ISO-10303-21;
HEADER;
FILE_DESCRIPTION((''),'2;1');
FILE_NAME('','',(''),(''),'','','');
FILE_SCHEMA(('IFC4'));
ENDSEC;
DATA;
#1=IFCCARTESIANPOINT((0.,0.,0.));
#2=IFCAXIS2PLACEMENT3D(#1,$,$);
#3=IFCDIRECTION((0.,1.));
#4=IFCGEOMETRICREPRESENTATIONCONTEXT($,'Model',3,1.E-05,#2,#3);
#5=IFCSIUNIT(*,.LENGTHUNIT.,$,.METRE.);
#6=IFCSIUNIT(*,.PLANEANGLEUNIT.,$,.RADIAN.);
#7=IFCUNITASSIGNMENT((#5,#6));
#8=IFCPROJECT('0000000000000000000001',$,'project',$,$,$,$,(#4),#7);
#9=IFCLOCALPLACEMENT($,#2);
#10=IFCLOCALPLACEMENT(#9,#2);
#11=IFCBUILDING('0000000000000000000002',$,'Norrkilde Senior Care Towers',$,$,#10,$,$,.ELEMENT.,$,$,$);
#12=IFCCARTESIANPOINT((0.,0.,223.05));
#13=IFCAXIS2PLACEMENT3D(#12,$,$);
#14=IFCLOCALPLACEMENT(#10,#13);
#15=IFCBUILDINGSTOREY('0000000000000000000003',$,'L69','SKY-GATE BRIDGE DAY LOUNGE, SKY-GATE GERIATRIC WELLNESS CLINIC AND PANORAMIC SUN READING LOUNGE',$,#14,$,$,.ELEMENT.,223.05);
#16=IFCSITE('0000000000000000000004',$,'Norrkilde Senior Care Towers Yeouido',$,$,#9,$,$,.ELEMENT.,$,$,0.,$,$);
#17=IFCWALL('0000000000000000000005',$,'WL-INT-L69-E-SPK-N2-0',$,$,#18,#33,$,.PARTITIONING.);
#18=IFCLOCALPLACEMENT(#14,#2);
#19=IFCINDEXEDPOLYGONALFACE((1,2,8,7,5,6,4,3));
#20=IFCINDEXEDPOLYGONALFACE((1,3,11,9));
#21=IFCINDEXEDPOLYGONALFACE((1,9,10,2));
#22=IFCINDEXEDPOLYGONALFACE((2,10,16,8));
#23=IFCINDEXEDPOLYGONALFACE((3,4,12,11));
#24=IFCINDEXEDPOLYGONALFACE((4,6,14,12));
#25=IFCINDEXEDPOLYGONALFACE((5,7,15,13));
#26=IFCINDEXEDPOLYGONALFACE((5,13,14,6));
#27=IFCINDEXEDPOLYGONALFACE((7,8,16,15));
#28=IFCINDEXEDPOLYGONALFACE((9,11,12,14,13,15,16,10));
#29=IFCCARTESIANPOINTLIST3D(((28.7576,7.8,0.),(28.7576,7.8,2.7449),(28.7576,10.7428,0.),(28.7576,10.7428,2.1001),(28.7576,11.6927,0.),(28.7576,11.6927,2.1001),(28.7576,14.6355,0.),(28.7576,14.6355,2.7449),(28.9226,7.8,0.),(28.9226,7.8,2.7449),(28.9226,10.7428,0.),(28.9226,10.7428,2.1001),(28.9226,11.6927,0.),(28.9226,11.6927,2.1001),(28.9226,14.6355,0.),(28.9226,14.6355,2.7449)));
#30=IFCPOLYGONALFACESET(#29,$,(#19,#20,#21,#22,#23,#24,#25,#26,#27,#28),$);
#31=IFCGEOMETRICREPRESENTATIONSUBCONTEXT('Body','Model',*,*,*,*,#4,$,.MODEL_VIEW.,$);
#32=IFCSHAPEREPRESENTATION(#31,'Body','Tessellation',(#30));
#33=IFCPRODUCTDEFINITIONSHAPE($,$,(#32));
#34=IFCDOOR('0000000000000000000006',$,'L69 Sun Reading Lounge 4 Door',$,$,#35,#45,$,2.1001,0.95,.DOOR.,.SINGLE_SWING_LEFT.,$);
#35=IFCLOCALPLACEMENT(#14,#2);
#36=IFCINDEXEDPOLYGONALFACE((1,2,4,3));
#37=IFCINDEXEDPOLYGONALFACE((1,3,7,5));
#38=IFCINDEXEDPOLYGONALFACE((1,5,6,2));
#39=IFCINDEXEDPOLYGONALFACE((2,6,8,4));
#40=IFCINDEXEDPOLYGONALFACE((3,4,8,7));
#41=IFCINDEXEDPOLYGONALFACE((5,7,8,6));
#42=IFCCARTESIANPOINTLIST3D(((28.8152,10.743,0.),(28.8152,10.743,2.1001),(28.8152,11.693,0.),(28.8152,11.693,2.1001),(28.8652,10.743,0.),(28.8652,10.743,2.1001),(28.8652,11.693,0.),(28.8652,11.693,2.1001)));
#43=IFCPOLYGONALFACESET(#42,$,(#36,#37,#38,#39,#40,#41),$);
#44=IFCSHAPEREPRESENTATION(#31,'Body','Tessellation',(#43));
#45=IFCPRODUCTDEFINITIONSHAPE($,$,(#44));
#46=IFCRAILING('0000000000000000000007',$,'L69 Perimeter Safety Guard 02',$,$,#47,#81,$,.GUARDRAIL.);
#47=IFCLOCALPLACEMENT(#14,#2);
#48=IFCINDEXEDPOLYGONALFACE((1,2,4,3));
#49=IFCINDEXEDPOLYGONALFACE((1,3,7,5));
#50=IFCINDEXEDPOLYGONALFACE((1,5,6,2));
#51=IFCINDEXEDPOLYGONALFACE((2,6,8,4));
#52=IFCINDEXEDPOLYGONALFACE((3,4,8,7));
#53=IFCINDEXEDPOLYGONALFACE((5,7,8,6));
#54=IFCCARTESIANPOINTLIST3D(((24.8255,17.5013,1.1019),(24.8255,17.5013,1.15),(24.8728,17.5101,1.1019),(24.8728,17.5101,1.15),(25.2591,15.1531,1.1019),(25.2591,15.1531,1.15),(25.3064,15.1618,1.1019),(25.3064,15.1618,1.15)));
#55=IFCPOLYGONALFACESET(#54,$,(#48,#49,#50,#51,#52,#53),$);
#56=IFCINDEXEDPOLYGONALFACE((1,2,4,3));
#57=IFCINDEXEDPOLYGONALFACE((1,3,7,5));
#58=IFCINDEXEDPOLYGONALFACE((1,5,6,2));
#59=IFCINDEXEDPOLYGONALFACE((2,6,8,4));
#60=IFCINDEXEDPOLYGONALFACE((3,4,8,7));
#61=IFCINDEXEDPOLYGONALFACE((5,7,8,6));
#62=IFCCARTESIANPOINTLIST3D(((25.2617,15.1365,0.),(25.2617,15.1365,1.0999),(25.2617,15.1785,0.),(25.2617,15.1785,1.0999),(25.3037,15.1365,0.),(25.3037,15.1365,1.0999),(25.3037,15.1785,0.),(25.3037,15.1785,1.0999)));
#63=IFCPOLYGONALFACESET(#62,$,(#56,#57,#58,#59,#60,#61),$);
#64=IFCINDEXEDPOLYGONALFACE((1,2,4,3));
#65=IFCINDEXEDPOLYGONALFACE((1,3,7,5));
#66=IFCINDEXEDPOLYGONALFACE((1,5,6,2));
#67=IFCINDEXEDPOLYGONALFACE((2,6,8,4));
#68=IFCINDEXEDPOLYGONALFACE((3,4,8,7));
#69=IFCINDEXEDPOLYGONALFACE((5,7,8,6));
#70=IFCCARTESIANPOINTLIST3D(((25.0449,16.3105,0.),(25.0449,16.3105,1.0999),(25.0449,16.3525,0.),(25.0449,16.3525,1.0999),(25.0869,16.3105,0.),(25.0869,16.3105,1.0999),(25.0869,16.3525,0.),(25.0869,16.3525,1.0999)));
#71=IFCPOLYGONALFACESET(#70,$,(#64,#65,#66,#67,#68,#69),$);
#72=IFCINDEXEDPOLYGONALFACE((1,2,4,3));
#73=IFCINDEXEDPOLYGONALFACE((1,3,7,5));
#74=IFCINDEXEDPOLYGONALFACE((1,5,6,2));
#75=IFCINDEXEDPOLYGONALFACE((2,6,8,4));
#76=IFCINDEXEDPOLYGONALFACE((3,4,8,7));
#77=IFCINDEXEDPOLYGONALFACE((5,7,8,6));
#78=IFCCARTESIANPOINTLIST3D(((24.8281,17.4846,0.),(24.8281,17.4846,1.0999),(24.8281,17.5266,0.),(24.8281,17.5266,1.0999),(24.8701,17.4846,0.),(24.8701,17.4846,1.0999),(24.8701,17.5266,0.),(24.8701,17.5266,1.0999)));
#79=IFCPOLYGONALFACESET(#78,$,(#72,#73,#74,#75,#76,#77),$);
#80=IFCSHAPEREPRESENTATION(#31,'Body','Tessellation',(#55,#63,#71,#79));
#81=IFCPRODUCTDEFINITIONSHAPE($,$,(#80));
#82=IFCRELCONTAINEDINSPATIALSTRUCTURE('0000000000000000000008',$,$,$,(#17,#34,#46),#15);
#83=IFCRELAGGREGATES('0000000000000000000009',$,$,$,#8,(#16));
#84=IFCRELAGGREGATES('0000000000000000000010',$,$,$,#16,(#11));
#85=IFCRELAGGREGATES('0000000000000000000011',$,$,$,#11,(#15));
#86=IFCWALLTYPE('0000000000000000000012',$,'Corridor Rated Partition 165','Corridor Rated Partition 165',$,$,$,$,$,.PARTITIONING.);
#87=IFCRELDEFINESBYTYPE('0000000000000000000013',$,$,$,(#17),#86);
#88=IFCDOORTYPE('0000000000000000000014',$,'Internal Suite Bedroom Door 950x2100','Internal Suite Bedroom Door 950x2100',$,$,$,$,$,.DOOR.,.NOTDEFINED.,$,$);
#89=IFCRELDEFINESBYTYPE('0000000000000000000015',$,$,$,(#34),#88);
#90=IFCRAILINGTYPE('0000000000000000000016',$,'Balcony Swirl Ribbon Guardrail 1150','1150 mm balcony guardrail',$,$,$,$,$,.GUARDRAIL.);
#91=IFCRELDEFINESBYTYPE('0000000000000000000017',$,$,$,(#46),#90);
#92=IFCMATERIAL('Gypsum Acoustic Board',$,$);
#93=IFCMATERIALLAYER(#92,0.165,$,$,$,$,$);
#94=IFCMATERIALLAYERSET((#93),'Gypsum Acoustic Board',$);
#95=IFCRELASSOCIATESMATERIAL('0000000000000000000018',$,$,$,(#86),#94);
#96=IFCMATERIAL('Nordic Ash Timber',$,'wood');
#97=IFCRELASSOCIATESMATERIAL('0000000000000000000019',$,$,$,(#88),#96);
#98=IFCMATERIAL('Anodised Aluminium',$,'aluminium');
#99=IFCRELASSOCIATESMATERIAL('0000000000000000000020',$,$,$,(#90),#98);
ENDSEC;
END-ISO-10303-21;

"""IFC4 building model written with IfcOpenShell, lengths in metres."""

from ifc_helpers import new_model, si_unit, direction, frame, frame_2d, origin, origin_2d, place, context, subcontext, project, spatial, rectangle, extrude, source, transform, mapped, material, layer, layer_set, type_object, type_shapes, element, fill, save


model = new_model("IFC4")

# Units and contexts
model_context = context("Model", 3, precision=1e-05, world=origin(), true_north=direction((0.0, 1.0)))
body_context = subcontext(model_context, "Body", "Model", "MODEL_VIEW")
ifc_project = project(units=[si_unit("LENGTHUNIT", "METRE"), si_unit("PLANEANGLEUNIT", "RADIAN")], contexts=[model_context])

# Site, building, storey
site_placement = place(None, origin())
site = spatial("IfcSite", under=ifc_project, at=site_placement, Name="Norrkilde Senior Care Towers Yeouido", CompositionType="ELEMENT", RefElevation=0.0)
building_placement = place(site_placement, origin())
building = spatial("IfcBuilding", under=site, at=building_placement, Name="Norrkilde Senior Care Towers", CompositionType="ELEMENT")
storey_placement = place(building_placement, frame((0.0, 0.0, 223.05)))
storey = spatial("IfcBuildingStorey", under=building, at=storey_placement, Name="L69", Description="SKY-GATE BRIDGE DAY LOUNGE, SKY-GATE GERIATRIC WELLNESS CLINIC AND PANORAMIC SUN READING LOUNGE", CompositionType="ELEMENT", Elevation=223.05)

# Shared definitions
ifc_material_1 = material(Name="Anodised Aluminium", Category="aluminium")

# Shared definitions
ifc_material_2 = material(Name="Gypsum Acoustic Board")
ifc_layer_1 = layer(ifc_material_2, 0.165)
ifc_layer_set_1 = layer_set([ifc_layer_1], Name="Gypsum Acoustic Board")
wall_type = type_object("IfcWallType", Name="Corridor Rated Partition 165", Description="Corridor Rated Partition 165", PredefinedType="PARTITIONING", material=ifc_layer_set_1)

# Wall, opening, door
ifc_material_3 = material(Name="Nordic Ash Timber", Category="wood")
shared_shape_1 = source(origin(), body_context, "Body", "SweptSolid", [
    extrude(rectangle(XDim=6.8354, YDim=0.165, at=frame_2d((3.4177, 0.0))), origin(), (0.0, 0.0, 1.0), 2.7449),
])
wall_1_placement = place(storey_placement, frame((28.8401, 14.6355, 0.0), z_axis=(0.0, 0.0, 1.0), x_axis=(0.0, -1.0, 0.0)))
wall_1 = element("IfcWall", 1, at=wall_1_placement, inside=storey, type_object=wall_type, Name="WL-INT-L69-E-SPK-N2-0", PredefinedType="PARTITIONING", context=body_context, shape_type="MappedRepresentation", body=[
    mapped(shared_shape_1, transform((0.0, 0.0, 0.0), x_axis=(1.0, 0.0, 0.0), y_axis=(0.0, 1.0, 0.0), z_axis=(0.0, 0.0, 1.0), scale=1.0)),
])
opening_1_placement = place(wall_1_placement, frame((2.9426, 0.0, 0.0)))
opening_1 = element("IfcOpeningElement", 2, at=opening_1_placement, cuts=wall_1, PredefinedType="OPENING", context=body_context, shape_type="SweptSolid", body=[
    extrude(rectangle(XDim=0.95, YDim=2.1001, at=frame_2d((0.4751, 1.05))), frame((0.0, 0.0925, 0.0), z_axis=(0.0, -1.0, 0.0), x_axis=(1.0, 0.0, 0.0)), (0.0, 0.0, 1.0), 0.1851),
])
door_type_1 = type_object("IfcDoorType", Name="Internal Suite Bedroom Door 950x2100", Description="Internal Suite Bedroom Door 950x2100", OperationType="NOTDEFINED", PredefinedType="DOOR", material=ifc_material_3)
shared_shape_2 = source(origin(), body_context, "Body", "SweptSolid", [
    extrude(rectangle(XDim=0.95, YDim=2.1001, at=frame_2d((0.4751, 1.05))), frame((0.0, 0.0249, 0.0), z_axis=(0.0, -1.0, 0.0), x_axis=(1.0, 0.0, 0.0)), (0.0, 0.0, 1.0), 0.05),
])
type_shapes(door_type_1, [shared_shape_2])
door_1_placement = place(opening_1_placement, frame((0.95, 0.0, 0.0), z_axis=(0.0, 0.0, 1.0), x_axis=(-1.0, 0.0, 0.0)))
door_1 = element("IfcDoor", 3, at=door_1_placement, inside=storey, type_object=door_type_1, Name="L69 Sun Reading Lounge 4 Door", OperationType="SINGLE_SWING_LEFT", OverallHeight=2.1001, OverallWidth=0.95, PredefinedType="DOOR", context=body_context, shape_type="MappedRepresentation", body=[
    mapped(shared_shape_2, transform((0.0, 0.0, 0.0), x_axis=(1.0, 0.0, 0.0), y_axis=(0.0, 1.0, 0.0), z_axis=(0.0, 0.0, 1.0), scale=1.0)),
])
fill(opening_1, door_1)

# Railing
railing_type = type_object("IfcRailingType", Name="Balcony Swirl Ribbon Guardrail 1150", Description="1150 mm balcony guardrail", PredefinedType="GUARDRAIL", material=ifc_material_1)
railing_1_placement = place(storey_placement, frame((25.2827, 15.1575, 0.0)))
element("IfcRailing", 4, at=railing_1_placement, inside=storey, type_object=railing_type, Name="L69 Perimeter Safety Guard 02", PredefinedType="GUARDRAIL", context=body_context, shape_type="SweptSolid", body=[
    extrude(rectangle(XDim=0.0481, YDim=0.0481, at=origin_2d()), frame((0.0, 0.0, 1.126), z_axis=(-0.181584, 0.983375, 0.0), x_axis=(-0.983375, -0.181584, 0.0)), (0.0, 0.0, 1.0), 2.3879),
    extrude(rectangle(XDim=0.042, YDim=0.042, at=origin_2d()), origin(), (0.0, 0.0, 1.0), 1.0999),
    extrude(rectangle(XDim=0.042, YDim=0.042, at=origin_2d()), frame((-0.2168, 1.1741, 0.0)), (0.0, 0.0, 1.0), 1.0999),
    extrude(rectangle(XDim=0.042, YDim=0.042, at=origin_2d()), frame((-0.4336, 2.3481, 0.0)), (0.0, 0.0, 1.0), 1.0999),
])

save(model, "model.ifc")
